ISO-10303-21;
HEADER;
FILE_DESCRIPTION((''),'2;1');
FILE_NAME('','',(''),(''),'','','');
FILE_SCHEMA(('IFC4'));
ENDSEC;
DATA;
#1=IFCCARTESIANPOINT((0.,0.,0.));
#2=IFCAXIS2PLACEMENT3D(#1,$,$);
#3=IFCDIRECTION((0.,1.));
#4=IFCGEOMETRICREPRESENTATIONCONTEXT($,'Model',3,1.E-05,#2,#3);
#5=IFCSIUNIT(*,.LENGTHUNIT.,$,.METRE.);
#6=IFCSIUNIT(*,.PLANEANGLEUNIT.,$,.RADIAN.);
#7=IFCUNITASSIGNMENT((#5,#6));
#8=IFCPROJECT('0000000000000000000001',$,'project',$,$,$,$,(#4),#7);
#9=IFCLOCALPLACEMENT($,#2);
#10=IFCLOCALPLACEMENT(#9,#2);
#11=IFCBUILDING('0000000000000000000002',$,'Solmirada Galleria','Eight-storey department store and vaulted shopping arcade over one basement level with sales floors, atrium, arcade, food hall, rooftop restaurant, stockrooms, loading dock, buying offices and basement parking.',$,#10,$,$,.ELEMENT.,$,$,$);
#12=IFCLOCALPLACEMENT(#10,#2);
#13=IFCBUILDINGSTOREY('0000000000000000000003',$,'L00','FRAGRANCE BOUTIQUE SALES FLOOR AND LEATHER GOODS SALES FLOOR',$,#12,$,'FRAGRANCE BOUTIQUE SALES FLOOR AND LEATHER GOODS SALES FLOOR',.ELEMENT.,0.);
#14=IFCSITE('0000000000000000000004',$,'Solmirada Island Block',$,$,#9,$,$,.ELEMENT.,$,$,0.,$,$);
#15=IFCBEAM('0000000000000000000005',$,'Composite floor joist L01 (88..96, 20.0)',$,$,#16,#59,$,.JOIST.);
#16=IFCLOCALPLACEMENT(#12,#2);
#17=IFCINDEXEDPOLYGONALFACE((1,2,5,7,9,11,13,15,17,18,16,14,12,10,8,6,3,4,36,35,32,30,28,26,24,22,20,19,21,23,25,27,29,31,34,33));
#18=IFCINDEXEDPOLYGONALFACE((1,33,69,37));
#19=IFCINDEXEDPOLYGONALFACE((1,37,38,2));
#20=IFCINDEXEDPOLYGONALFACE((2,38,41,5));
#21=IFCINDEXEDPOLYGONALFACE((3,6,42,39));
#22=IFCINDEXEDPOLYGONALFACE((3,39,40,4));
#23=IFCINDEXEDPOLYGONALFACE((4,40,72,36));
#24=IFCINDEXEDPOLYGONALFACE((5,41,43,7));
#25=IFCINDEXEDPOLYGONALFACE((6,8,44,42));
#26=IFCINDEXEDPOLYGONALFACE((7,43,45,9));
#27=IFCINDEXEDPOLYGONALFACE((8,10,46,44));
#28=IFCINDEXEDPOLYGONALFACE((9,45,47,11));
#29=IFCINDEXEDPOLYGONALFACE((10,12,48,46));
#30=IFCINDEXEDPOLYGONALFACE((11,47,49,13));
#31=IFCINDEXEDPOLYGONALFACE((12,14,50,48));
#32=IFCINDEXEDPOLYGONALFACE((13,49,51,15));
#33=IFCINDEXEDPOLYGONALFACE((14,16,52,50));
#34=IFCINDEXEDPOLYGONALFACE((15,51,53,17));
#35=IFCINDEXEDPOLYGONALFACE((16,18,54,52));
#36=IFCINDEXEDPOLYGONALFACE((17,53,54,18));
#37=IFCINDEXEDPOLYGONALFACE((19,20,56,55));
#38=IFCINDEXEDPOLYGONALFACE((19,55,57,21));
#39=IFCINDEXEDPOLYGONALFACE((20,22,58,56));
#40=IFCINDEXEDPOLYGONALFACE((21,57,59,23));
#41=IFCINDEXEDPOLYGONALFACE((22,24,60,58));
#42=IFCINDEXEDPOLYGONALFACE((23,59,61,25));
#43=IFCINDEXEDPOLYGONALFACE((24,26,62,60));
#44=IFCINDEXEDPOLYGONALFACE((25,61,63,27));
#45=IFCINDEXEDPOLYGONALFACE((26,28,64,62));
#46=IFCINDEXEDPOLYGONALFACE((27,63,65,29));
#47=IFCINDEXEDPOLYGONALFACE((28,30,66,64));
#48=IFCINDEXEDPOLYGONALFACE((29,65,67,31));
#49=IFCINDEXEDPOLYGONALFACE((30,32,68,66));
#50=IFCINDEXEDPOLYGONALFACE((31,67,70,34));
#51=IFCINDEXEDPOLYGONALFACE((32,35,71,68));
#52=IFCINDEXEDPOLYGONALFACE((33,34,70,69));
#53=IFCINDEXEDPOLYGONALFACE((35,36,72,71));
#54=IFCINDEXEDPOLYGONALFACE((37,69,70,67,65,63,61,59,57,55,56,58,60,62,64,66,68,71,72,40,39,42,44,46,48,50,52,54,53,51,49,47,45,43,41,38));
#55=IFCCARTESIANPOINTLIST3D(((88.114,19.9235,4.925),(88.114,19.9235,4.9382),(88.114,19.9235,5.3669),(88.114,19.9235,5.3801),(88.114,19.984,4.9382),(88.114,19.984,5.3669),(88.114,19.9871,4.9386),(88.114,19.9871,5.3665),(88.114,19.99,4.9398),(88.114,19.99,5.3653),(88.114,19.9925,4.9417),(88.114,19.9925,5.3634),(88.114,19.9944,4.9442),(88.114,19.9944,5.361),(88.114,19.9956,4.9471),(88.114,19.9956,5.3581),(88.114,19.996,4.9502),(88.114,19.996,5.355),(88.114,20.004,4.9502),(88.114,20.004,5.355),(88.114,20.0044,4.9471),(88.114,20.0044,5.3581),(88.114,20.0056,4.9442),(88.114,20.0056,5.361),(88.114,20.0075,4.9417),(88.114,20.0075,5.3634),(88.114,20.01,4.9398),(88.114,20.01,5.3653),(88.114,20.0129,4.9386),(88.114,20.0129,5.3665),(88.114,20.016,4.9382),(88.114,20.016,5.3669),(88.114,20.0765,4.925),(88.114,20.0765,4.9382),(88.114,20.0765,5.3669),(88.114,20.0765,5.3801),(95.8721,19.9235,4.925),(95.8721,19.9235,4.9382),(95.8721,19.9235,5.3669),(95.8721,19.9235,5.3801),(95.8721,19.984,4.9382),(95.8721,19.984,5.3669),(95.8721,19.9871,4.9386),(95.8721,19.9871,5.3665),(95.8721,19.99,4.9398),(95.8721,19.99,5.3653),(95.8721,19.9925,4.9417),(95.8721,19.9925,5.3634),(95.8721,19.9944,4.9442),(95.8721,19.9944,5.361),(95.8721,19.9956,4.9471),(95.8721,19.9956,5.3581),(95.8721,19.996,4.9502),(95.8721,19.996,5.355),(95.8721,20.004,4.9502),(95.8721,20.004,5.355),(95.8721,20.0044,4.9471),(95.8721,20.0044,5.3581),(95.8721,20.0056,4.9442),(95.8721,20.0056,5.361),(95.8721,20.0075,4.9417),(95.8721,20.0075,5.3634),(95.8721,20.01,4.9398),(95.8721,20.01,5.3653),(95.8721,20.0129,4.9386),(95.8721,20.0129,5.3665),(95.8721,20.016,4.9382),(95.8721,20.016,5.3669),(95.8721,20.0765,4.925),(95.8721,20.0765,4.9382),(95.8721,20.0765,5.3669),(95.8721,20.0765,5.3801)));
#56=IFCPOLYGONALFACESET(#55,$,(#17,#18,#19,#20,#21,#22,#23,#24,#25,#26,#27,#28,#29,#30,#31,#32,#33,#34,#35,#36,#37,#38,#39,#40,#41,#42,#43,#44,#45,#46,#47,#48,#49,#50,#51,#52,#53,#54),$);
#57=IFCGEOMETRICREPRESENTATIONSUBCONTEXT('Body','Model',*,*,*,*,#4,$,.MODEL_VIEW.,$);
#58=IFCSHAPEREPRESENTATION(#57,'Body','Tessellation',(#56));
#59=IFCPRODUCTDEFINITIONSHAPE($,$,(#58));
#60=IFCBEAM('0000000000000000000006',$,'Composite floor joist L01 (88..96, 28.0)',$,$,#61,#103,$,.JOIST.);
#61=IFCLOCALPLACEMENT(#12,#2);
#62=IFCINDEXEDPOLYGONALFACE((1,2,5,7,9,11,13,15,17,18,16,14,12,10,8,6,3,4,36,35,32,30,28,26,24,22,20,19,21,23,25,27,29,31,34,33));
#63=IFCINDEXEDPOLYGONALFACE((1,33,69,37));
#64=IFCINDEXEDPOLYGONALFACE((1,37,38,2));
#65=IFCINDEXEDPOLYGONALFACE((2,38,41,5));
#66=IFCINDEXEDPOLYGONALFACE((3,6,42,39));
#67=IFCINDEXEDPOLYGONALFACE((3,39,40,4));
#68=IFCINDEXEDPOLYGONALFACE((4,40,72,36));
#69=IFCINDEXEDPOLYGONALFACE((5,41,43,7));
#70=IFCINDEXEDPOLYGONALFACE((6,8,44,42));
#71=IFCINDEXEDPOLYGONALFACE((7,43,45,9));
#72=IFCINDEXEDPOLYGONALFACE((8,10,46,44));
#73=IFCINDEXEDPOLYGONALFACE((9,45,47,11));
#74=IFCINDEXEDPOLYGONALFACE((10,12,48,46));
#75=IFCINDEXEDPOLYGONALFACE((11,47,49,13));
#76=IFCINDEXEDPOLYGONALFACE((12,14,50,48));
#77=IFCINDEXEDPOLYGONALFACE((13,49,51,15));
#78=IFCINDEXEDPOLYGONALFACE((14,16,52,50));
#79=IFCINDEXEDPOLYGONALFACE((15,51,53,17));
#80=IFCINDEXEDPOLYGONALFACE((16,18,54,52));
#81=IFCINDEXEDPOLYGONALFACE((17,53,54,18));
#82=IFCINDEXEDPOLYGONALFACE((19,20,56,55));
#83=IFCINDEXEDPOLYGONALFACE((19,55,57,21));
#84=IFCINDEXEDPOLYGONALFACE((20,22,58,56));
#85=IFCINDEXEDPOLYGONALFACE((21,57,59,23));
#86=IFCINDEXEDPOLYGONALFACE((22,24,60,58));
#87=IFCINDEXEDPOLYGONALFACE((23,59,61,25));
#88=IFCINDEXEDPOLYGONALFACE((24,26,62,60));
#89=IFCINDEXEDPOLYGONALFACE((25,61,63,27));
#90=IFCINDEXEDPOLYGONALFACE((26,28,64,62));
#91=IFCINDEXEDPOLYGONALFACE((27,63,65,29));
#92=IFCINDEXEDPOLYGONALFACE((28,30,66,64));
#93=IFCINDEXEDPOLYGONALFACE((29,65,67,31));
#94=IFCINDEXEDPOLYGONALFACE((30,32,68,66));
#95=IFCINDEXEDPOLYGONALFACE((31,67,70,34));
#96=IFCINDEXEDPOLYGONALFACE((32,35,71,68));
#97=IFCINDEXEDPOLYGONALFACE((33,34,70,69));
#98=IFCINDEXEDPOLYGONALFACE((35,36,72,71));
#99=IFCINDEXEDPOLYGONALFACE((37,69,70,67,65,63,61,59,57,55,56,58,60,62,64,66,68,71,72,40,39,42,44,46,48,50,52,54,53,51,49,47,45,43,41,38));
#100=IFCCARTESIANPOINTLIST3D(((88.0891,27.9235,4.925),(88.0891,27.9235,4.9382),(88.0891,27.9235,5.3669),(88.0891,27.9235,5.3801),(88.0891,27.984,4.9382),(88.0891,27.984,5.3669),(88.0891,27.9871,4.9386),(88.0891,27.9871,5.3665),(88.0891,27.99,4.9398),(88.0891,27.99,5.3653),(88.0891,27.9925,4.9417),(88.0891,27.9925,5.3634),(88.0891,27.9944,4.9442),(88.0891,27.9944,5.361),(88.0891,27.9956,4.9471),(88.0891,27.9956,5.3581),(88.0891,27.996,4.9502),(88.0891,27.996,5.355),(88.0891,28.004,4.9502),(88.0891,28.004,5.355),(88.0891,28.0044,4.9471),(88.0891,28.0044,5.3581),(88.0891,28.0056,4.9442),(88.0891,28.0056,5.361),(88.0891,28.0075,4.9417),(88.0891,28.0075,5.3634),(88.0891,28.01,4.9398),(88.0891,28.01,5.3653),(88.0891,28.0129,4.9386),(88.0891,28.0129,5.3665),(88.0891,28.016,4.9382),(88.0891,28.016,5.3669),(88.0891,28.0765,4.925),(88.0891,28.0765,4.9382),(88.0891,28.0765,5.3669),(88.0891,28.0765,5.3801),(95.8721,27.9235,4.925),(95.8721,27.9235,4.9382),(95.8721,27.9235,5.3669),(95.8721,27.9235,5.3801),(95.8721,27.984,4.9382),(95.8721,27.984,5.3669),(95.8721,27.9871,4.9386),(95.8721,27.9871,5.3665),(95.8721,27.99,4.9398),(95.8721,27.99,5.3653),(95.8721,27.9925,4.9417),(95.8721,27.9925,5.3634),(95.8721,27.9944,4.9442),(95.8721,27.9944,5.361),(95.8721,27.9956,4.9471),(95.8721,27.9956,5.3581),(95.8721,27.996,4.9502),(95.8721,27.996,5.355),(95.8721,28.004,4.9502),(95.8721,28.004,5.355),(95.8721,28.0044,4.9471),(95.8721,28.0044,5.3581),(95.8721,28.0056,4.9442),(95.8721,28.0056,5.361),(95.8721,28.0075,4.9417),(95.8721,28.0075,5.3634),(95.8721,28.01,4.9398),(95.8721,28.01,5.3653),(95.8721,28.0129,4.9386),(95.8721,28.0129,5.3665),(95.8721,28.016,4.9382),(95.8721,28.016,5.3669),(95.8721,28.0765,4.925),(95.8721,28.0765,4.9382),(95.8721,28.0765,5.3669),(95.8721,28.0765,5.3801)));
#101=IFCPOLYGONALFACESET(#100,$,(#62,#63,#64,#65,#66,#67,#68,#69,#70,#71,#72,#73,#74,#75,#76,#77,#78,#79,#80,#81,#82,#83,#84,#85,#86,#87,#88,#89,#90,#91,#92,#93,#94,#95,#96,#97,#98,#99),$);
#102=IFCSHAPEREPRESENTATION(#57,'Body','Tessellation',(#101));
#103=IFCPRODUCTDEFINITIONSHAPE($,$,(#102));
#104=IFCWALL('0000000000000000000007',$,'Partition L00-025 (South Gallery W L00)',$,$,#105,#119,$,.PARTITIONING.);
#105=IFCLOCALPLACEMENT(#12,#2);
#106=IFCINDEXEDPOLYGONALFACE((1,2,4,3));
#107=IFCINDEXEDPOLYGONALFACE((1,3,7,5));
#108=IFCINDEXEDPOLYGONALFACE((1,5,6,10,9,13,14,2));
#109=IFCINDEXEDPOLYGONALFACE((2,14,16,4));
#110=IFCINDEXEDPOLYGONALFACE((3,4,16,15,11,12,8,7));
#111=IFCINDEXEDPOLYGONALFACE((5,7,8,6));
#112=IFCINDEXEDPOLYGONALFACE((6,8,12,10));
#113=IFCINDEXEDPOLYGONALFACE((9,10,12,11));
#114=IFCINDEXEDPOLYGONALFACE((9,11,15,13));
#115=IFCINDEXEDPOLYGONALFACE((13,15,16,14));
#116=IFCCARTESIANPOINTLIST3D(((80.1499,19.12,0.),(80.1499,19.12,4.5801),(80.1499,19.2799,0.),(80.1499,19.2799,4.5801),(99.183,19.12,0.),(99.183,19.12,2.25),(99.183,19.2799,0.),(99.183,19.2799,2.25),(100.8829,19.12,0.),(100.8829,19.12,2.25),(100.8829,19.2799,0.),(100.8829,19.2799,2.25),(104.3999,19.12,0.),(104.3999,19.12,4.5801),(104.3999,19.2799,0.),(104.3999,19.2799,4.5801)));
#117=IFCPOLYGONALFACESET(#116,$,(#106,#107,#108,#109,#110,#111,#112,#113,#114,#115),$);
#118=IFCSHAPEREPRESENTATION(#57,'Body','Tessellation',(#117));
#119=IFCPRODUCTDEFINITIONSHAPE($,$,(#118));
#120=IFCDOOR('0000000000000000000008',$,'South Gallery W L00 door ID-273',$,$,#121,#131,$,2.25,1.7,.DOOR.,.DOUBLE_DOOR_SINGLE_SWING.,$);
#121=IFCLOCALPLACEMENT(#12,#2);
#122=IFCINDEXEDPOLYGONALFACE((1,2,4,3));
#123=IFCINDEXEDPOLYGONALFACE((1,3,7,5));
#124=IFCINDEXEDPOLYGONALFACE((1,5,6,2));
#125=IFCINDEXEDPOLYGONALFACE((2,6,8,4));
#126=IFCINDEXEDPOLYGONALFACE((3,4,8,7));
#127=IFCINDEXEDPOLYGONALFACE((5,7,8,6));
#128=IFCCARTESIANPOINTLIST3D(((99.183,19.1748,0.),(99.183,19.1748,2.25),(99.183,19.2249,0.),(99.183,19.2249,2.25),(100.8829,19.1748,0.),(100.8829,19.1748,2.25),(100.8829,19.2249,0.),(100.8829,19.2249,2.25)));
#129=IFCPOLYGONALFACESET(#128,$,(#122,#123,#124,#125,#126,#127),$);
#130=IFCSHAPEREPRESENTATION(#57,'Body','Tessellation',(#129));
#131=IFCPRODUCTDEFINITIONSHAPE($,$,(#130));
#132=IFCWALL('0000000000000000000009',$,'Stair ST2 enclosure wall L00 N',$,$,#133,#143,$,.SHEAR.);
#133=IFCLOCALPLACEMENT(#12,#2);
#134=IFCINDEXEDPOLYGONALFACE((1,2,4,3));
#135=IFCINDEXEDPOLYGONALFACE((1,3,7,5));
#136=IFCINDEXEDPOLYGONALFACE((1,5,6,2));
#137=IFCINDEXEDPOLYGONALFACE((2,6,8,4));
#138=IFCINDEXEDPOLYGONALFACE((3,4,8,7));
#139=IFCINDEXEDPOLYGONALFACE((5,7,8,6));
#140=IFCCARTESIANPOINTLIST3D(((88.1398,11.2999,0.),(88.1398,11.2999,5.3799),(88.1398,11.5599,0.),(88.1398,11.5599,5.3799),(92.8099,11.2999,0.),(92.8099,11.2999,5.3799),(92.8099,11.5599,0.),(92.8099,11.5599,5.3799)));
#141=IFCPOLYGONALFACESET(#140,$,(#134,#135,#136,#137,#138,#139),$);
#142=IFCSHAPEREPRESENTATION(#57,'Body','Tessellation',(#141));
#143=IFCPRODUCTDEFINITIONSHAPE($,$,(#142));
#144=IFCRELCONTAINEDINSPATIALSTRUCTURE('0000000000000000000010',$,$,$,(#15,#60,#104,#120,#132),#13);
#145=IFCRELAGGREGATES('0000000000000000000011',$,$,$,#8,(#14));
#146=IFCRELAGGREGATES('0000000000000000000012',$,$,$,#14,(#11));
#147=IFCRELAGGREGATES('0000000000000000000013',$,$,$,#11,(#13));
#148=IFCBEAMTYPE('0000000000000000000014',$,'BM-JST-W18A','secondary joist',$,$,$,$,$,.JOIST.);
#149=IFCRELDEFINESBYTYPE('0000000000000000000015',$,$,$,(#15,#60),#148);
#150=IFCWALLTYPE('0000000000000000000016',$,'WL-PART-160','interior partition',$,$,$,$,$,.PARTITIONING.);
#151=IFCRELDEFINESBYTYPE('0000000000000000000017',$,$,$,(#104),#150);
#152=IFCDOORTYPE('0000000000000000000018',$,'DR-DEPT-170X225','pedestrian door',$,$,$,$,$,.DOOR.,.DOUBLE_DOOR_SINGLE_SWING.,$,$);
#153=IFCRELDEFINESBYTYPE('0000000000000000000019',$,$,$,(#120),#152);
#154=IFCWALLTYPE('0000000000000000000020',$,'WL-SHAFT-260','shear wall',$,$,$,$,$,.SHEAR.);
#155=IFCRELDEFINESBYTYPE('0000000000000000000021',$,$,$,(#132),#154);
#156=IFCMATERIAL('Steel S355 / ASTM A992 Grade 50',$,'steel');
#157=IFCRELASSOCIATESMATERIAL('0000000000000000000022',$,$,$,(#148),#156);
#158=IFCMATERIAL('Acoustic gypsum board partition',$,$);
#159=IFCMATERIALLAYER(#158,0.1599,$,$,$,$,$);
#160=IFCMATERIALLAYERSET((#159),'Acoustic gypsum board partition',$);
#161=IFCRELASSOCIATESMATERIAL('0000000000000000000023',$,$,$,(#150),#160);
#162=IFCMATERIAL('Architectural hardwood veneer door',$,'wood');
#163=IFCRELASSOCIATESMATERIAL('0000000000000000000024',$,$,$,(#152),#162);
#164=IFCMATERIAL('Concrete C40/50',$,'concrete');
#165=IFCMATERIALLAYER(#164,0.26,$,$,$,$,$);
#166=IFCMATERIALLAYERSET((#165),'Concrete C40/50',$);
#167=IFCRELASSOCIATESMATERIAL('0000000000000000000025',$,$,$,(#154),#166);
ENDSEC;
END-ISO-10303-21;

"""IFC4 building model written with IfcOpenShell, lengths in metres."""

from ifc_helpers import new_model, si_unit, direction, frame, frame_2d, origin, origin_2d, place, context, subcontext, project, spatial, rectangle, i_section, extrude, material, layer, layer_set, material_profile, profile_set, type_object, element, fill, save


model = new_model("IFC4")

# Units and contexts
model_context = context("Model", 3, precision=1e-05, world=origin(), true_north=direction((0.0, 1.0)))
body_context = subcontext(model_context, "Body", "Model", "MODEL_VIEW")
ifc_project = project(units=[si_unit("LENGTHUNIT", "METRE"), si_unit("PLANEANGLEUNIT", "RADIAN")], contexts=[model_context])

# Site, building, storey
site_placement = place(None, origin())
site = spatial("IfcSite", under=ifc_project, at=site_placement, Name="Solmirada Island Block", CompositionType="ELEMENT", RefElevation=0.0)
building_placement = place(site_placement, origin())
building = spatial("IfcBuilding", under=site, at=building_placement, Name="Solmirada Galleria", Description="Eight-storey department store and vaulted shopping arcade over one basement level with sales floors, atrium, arcade, food hall, rooftop restaurant, stockrooms, loading dock, buying offices and basement parking.", CompositionType="ELEMENT")
storey_placement = place(building_placement, origin())
storey = spatial("IfcBuildingStorey", under=building, at=storey_placement, Name="L00", Description="FRAGRANCE BOUTIQUE SALES FLOOR AND LEATHER GOODS SALES FLOOR", LongName="FRAGRANCE BOUTIQUE SALES FLOOR AND LEATHER GOODS SALES FLOOR", CompositionType="ELEMENT", Elevation=0.0)

# Shared definitions
ifc_material_1 = material(Name="Concrete C40/50", Category="concrete")

# Beams
ifc_material_2 = material(Name="Steel S355 / ASTM A992 Grade 50", Category="steel")
ifc_material_profile_1 = material_profile(ifc_material_2, i_section(OverallWidth=0.1531, OverallDepth=0.4551, WebThickness=0.0081, FlangeThickness=0.0132, FilletRadius=0.012, at=origin_2d()), Name="W18X40")
ifc_profile_set_1 = profile_set([ifc_material_profile_1], Name="Steel S355 / ASTM A992 Grade 50")
beam_type_1 = type_object("IfcBeamType", Name="BM-JST-W18A", Description="secondary joist", PredefinedType="JOIST", material=ifc_profile_set_1)
beam_1_placement = place(storey_placement, frame((88.114, 20.0, 5.1526), z_axis=(1.0, 0.0, 0.0), x_axis=(0.0, 1.0, 0.0)))
element("IfcBeam", 1, at=beam_1_placement, inside=storey, type_object=beam_type_1, Name="Composite floor joist L01 (88..96, 20.0)", PredefinedType="JOIST", context=body_context, shape_type="SweptSolid", body=[
    extrude(i_section(OverallWidth=0.1531, OverallDepth=0.4551, WebThickness=0.0081, FlangeThickness=0.0132, FilletRadius=0.012, at=origin_2d()), origin(), (0.0, 0.0, 1.0), 7.7581),
])
beam_2_placement = place(storey_placement, frame((88.0891, 28.0, 5.1526), z_axis=(1.0, 0.0, 0.0), x_axis=(0.0, 1.0, 0.0)))
element("IfcBeam", 2, at=beam_2_placement, inside=storey, type_object=beam_type_1, Name="Composite floor joist L01 (88..96, 28.0)", PredefinedType="JOIST", context=body_context, shape_type="SweptSolid", body=[
    extrude(i_section(OverallWidth=0.1531, OverallDepth=0.4551, WebThickness=0.0081, FlangeThickness=0.0132, FilletRadius=0.012, at=origin_2d()), origin(), (0.0, 0.0, 1.0), 7.783),
])

# Wall, opening, door
ifc_material_3 = material(Name="Acoustic gypsum board partition")
ifc_layer_1 = layer(ifc_material_3, 0.1599)
ifc_layer_set_1 = layer_set([ifc_layer_1], Name="Acoustic gypsum board partition")
wall_type_1 = type_object("IfcWallType", Name="WL-PART-160", Description="interior partition", PredefinedType="PARTITIONING", material=ifc_layer_set_1)
wall_1_placement = place(storey_placement, frame((80.1499, 19.2, 0.0), z_axis=(0.0, 0.0, 1.0), x_axis=(1.0, 0.0, 0.0)))
wall_1 = element("IfcWall", 3, at=wall_1_placement, inside=storey, type_object=wall_type_1, Name="Partition L00-025 (South Gallery W L00)", PredefinedType="PARTITIONING", context=body_context, shape_type="SweptSolid", body=[
    extrude(rectangle(XDim=24.25, YDim=0.1599, at=frame_2d((12.125, 0.0))), origin(), (0.0, 0.0, 1.0), 4.5801),
])
opening_1_placement = place(wall_1_placement, frame((19.033, 0.0, 0.0)))
opening_1 = element("IfcOpeningElement", 4, at=opening_1_placement, cuts=wall_1, PredefinedType="OPENING", context=body_context, shape_type="SweptSolid", body=[
    extrude(rectangle(XDim=1.7, YDim=2.25, at=frame_2d((0.8501, 1.125))), frame((0.0, 0.0898, 0.0), z_axis=(0.0, -1.0, 0.0), x_axis=(1.0, 0.0, 0.0)), (0.0, 0.0, 1.0), 0.1799),
])
ifc_material_4 = material(Name="Architectural hardwood veneer door", Category="wood")
door_type_1 = type_object("IfcDoorType", Name="DR-DEPT-170X225", Description="pedestrian door", OperationType="DOUBLE_DOOR_SINGLE_SWING", PredefinedType="DOOR", material=ifc_material_4)
door_1_placement = place(opening_1_placement, origin())
door_1 = element("IfcDoor", 5, at=door_1_placement, inside=storey, type_object=door_type_1, Name="South Gallery W L00 door ID-273", OperationType="DOUBLE_DOOR_SINGLE_SWING", OverallHeight=2.25, OverallWidth=1.7, PredefinedType="DOOR", context=body_context, shape_type="SweptSolid", body=[
    extrude(rectangle(XDim=1.7, YDim=2.25, at=frame_2d((0.8501, 1.125))), frame((0.0, 0.0249, 0.0), z_axis=(0.0, -1.0, 0.0), x_axis=(1.0, 0.0, 0.0)), (0.0, 0.0, 1.0), 0.05),
])
fill(opening_1, door_1)

# Wall
ifc_layer_2 = layer(ifc_material_1, 0.26)
ifc_layer_set_2 = layer_set([ifc_layer_2], Name="Concrete C40/50")
wall_type_2 = type_object("IfcWallType", Name="WL-SHAFT-260", Description="shear wall", PredefinedType="SHEAR", material=ifc_layer_set_2)
wall_2_placement = place(storey_placement, frame((88.1399, 11.4299, 0.0), z_axis=(0.0, 0.0, 1.0), x_axis=(1.0, 0.0, 0.0)))
element("IfcWall", 6, at=wall_2_placement, inside=storey, type_object=wall_type_2, Name="Stair ST2 enclosure wall L00 N", PredefinedType="SHEAR", context=body_context, shape_type="SweptSolid", body=[
    extrude(rectangle(XDim=4.6702, YDim=0.26, at=frame_2d((2.335, 0.0))), origin(), (0.0, 0.0, 1.0), 5.3799),
])

save(model, "model.ifc")
